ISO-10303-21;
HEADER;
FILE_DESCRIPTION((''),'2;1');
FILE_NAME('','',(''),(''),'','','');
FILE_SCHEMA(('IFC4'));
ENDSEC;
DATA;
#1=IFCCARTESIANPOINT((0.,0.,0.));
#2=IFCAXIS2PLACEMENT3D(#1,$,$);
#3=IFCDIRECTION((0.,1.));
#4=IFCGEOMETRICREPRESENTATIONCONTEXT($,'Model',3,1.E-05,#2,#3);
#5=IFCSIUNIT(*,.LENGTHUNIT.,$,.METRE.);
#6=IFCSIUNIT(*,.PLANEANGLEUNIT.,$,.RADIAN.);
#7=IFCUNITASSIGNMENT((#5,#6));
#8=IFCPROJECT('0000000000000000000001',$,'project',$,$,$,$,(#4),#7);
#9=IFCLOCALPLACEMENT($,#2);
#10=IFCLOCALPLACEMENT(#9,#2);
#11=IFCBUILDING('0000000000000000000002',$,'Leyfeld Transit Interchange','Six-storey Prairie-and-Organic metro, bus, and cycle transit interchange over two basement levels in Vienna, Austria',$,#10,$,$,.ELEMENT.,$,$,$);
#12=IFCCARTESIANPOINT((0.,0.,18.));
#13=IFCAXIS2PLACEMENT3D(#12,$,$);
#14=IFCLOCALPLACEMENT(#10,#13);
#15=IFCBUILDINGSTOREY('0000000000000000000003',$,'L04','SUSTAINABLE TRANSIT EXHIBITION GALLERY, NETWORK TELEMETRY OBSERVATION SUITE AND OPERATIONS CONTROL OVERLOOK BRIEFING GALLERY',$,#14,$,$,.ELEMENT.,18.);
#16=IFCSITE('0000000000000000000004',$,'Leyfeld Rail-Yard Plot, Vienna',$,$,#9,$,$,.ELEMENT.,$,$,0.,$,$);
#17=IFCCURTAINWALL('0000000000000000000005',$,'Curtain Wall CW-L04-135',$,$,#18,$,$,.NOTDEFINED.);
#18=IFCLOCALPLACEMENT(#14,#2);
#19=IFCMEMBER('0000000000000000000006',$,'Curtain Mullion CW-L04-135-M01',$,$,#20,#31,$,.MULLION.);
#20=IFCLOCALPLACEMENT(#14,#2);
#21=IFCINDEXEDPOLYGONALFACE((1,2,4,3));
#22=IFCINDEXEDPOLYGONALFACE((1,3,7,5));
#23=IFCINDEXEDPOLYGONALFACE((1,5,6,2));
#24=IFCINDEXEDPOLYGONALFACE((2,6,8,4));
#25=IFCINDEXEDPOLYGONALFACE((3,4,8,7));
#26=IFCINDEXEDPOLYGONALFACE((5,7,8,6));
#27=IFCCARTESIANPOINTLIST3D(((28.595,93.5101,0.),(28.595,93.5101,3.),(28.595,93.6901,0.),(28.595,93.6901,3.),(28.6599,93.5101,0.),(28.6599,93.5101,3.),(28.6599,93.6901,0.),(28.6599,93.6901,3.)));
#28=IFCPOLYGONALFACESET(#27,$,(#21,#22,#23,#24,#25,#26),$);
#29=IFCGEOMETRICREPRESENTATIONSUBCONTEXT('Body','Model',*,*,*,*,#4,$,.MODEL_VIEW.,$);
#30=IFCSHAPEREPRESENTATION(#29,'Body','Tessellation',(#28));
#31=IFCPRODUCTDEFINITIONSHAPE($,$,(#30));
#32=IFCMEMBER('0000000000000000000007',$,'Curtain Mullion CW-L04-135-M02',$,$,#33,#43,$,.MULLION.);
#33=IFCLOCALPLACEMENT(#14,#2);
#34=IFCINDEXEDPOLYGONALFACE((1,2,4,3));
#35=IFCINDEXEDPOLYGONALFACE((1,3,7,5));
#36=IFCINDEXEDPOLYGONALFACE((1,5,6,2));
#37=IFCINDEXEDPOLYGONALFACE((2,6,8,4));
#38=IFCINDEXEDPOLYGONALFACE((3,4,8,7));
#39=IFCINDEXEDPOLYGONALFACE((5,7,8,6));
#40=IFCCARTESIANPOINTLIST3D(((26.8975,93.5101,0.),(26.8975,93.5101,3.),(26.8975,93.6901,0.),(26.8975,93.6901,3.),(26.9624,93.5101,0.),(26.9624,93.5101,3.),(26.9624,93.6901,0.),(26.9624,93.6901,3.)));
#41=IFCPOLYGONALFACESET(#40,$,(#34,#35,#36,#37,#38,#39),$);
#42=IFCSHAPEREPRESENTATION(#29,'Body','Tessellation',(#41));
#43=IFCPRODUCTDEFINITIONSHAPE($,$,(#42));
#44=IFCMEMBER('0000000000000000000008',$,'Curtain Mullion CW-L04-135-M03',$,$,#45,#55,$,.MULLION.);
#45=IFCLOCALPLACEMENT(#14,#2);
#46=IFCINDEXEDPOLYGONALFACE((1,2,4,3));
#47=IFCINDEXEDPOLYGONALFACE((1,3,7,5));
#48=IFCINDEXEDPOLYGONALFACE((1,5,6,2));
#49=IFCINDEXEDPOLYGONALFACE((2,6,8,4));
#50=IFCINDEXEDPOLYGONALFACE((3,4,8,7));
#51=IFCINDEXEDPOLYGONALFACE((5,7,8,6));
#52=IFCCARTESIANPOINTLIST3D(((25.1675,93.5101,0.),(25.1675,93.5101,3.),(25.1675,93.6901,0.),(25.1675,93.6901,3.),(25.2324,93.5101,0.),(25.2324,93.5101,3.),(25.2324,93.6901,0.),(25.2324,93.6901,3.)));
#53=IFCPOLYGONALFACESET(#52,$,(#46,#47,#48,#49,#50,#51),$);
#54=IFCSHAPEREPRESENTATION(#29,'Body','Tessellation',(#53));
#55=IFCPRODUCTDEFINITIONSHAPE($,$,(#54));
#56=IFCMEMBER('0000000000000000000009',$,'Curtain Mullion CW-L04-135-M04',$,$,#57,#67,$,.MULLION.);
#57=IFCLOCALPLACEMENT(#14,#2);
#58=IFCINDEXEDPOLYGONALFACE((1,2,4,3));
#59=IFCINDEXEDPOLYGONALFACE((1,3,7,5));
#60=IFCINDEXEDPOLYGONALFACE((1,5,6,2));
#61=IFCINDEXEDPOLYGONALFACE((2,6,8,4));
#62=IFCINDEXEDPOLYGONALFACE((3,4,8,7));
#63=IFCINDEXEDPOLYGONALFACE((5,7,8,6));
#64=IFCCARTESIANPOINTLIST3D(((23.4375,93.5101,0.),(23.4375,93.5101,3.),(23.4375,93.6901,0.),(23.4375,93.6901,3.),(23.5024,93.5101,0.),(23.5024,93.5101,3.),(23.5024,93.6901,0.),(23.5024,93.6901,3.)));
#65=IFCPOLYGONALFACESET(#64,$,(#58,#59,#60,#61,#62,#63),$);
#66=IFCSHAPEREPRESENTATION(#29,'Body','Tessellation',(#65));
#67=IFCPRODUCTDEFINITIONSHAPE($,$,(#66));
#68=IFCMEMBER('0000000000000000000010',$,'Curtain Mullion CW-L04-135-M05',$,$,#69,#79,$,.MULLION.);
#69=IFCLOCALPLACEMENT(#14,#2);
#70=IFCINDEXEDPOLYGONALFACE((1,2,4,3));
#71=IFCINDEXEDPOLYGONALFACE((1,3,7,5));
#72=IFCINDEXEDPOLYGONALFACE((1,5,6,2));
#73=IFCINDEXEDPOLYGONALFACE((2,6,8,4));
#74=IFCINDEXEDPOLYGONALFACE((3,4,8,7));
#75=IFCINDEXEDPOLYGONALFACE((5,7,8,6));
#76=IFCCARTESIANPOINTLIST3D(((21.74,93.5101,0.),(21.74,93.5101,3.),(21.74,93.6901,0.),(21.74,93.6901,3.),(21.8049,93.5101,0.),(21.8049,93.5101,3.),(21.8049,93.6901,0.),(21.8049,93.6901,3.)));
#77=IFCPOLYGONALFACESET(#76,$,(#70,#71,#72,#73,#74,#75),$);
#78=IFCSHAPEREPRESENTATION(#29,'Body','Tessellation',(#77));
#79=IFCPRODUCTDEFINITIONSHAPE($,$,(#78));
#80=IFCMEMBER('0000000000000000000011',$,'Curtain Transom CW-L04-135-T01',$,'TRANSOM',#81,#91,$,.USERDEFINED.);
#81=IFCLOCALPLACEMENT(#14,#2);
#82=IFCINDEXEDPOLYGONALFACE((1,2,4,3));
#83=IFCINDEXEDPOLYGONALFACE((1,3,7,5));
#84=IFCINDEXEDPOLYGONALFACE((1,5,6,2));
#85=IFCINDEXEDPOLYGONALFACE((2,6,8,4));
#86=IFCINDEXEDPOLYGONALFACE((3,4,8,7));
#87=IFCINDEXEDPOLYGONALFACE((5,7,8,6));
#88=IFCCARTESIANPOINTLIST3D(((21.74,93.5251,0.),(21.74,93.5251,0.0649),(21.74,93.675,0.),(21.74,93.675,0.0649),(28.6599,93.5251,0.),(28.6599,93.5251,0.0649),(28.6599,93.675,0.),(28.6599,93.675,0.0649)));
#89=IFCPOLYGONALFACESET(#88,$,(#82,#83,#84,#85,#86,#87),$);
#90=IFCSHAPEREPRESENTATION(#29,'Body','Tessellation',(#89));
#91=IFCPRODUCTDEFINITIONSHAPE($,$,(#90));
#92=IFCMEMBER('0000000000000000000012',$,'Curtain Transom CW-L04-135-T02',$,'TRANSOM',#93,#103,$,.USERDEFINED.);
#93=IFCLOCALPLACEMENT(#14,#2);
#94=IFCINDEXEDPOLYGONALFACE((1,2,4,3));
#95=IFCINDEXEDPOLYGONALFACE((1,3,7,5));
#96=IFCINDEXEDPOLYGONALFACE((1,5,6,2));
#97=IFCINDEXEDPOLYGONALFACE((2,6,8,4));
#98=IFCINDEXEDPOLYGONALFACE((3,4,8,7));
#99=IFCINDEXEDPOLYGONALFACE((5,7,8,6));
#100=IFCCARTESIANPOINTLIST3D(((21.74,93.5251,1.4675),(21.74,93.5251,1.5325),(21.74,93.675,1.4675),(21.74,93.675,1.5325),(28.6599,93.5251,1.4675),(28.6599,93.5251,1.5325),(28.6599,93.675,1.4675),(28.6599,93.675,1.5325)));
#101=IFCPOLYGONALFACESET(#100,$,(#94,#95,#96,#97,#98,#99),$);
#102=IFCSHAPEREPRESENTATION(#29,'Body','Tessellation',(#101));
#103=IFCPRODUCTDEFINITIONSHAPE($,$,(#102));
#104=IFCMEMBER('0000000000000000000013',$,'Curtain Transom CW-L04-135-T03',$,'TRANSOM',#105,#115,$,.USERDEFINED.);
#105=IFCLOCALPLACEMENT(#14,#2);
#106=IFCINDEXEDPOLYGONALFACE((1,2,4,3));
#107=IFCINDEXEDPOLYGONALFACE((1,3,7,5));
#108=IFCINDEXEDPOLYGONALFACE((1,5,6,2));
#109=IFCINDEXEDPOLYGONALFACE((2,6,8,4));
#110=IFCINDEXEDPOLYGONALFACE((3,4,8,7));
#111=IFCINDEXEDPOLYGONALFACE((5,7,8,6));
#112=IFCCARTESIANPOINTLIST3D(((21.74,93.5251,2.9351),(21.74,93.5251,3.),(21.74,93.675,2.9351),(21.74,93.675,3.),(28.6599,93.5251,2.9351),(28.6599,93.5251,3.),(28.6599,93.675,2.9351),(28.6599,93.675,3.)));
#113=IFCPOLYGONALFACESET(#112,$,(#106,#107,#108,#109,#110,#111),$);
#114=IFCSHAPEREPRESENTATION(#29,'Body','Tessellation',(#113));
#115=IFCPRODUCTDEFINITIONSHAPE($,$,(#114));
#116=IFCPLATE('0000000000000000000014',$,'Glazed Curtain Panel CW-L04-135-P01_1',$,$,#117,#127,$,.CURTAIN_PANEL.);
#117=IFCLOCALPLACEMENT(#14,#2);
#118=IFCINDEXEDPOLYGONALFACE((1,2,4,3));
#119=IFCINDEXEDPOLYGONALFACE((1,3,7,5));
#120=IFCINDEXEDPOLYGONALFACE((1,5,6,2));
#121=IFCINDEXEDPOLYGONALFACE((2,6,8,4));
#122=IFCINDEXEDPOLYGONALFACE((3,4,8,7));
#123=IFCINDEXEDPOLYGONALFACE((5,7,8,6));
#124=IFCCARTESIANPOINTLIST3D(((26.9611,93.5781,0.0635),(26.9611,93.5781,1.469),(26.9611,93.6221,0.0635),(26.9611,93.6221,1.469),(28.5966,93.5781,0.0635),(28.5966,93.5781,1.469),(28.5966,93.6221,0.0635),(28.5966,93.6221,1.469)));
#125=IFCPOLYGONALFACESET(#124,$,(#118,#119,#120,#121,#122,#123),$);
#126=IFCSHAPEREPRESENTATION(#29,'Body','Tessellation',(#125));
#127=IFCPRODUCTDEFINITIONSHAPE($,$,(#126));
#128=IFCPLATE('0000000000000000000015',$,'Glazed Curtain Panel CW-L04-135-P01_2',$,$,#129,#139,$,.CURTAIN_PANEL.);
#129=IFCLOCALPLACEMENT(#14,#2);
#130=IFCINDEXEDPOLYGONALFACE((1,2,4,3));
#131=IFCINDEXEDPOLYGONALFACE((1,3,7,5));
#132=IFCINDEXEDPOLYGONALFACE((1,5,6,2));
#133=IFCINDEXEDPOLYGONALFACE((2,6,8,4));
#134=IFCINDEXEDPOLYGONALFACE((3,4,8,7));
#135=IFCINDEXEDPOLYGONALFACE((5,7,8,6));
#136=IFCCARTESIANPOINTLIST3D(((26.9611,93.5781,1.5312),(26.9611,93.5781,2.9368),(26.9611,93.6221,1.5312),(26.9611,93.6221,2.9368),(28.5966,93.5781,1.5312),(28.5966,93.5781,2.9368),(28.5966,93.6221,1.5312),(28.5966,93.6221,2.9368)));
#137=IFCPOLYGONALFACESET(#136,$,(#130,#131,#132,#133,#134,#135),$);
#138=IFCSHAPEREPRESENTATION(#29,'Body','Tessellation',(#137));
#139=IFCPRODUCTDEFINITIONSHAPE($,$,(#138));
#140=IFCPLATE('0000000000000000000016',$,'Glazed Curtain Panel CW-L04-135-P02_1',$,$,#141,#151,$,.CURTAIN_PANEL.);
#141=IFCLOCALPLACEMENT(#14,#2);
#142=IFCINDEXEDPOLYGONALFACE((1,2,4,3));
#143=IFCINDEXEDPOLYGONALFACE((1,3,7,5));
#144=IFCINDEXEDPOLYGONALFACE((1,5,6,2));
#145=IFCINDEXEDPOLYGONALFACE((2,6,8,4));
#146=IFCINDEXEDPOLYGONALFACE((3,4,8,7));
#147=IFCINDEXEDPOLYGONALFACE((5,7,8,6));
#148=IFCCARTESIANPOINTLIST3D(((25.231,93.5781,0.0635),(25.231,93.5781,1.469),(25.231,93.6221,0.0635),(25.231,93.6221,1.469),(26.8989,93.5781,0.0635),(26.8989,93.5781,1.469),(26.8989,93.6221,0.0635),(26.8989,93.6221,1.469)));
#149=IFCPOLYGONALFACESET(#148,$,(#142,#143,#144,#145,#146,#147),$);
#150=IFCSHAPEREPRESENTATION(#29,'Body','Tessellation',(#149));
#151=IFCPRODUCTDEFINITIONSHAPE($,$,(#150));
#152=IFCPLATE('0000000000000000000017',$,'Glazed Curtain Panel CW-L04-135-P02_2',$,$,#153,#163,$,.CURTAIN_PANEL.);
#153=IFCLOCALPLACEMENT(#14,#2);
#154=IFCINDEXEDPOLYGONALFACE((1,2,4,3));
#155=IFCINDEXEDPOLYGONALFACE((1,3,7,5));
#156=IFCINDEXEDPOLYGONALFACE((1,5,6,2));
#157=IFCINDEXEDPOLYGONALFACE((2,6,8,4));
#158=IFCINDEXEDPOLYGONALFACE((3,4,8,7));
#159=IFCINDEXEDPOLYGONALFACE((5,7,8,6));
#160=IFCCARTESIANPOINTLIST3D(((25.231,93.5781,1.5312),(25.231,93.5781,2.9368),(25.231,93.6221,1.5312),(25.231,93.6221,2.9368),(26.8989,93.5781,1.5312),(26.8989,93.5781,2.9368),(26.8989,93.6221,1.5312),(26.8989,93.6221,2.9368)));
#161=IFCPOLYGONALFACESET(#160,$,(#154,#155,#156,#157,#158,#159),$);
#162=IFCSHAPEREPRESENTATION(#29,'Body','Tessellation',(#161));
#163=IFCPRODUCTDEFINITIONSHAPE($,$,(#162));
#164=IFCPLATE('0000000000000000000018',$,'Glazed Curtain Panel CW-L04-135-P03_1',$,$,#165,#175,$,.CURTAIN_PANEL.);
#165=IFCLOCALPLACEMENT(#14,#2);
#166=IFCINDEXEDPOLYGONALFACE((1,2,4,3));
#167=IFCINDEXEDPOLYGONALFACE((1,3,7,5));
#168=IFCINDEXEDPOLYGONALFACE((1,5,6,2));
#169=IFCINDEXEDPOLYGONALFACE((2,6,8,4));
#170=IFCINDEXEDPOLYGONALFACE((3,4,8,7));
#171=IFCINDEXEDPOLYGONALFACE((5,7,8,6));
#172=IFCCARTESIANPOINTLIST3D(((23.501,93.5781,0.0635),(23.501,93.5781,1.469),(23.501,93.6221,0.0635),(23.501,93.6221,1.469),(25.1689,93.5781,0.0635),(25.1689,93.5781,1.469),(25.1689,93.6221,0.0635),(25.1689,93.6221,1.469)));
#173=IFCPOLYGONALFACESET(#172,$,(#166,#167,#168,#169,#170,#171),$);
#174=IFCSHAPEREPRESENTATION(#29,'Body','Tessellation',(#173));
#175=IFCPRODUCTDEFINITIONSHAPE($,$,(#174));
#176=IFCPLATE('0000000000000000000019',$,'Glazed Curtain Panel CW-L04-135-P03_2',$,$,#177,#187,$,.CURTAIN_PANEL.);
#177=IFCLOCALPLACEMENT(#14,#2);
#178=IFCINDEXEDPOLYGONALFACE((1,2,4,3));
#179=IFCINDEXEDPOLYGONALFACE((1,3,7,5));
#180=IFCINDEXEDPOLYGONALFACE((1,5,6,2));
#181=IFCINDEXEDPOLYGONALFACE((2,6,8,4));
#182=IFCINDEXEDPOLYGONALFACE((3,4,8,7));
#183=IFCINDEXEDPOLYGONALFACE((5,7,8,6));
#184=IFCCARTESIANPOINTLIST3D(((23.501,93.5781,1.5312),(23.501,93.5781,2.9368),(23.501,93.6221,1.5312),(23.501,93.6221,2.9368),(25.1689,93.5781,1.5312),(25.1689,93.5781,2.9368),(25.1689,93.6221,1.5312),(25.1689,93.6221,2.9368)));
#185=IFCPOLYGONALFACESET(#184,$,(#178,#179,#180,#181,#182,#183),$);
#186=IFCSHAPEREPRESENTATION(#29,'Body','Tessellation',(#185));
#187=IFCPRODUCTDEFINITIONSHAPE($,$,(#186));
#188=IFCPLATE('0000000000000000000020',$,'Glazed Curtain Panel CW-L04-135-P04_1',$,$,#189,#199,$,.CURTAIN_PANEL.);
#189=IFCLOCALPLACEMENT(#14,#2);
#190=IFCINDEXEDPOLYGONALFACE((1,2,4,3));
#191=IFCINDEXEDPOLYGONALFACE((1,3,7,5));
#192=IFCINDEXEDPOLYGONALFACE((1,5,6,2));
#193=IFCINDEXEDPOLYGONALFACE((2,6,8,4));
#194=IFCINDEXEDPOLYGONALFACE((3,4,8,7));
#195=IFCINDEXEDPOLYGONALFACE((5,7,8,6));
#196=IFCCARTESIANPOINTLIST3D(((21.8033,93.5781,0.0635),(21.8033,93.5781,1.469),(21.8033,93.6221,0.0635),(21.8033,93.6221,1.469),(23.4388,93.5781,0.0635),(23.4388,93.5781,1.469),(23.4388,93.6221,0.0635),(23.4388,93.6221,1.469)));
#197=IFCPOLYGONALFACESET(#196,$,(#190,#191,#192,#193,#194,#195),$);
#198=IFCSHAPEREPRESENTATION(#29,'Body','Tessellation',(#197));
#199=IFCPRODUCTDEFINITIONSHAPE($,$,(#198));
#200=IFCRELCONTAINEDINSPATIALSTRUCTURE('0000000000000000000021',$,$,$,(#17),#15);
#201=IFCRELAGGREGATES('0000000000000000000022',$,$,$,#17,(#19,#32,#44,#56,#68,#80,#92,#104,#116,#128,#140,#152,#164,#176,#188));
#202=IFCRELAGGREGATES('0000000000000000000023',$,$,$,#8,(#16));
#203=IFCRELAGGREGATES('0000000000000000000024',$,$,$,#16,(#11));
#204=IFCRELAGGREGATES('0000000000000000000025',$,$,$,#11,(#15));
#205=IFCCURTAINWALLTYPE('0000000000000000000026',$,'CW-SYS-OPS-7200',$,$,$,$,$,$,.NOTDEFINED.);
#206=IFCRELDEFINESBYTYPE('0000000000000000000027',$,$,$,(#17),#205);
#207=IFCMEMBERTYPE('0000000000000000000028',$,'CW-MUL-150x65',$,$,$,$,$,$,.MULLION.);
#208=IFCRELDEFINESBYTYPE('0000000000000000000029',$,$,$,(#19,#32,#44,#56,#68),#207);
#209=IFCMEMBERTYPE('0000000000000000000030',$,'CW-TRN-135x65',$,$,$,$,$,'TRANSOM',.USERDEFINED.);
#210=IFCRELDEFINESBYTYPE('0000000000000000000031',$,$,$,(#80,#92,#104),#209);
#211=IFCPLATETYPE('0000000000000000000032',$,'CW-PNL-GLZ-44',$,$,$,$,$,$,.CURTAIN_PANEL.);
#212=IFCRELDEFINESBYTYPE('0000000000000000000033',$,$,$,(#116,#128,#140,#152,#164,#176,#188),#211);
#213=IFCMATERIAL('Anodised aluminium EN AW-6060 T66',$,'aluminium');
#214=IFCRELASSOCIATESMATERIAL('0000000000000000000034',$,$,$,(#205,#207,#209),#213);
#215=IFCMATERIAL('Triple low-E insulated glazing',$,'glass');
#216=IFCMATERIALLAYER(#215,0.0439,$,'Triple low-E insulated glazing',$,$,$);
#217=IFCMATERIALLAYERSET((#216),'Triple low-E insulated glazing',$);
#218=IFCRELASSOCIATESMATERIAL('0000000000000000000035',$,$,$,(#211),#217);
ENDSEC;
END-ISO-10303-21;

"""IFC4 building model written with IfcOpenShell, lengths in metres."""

from ifc_helpers import new_model, si_unit, direction, frame, origin, origin_2d, place, context, subcontext, project, spatial, rectangle, extrude, material, layer, layer_set, material_profile, profile_set, type_object, element, aggregate, save


model = new_model("IFC4")

# Units and contexts
model_context = context("Model", 3, precision=1e-05, world=origin(), true_north=direction((0.0, 1.0)))
body_context = subcontext(model_context, "Body", "Model", "MODEL_VIEW")
ifc_project = project(units=[si_unit("LENGTHUNIT", "METRE"), si_unit("PLANEANGLEUNIT", "RADIAN")], contexts=[model_context])

# Site, building, storey
site_placement = place(None, origin())
site = spatial("IfcSite", under=ifc_project, at=site_placement, Name="Leyfeld Rail-Yard Plot, Vienna", CompositionType="ELEMENT", RefElevation=0.0)
building_placement = place(site_placement, origin())
building = spatial("IfcBuilding", under=site, at=building_placement, Name="Leyfeld Transit Interchange", Description="Six-storey Prairie-and-Organic metro, bus, and cycle transit interchange over two basement levels in Vienna, Austria", CompositionType="ELEMENT")
storey_placement = place(building_placement, frame((0.0, 0.0, 18.0)))
storey = spatial("IfcBuildingStorey", under=building, at=storey_placement, Name="L04", Description="SUSTAINABLE TRANSIT EXHIBITION GALLERY, NETWORK TELEMETRY OBSERVATION SUITE AND OPERATIONS CONTROL OVERLOOK BRIEFING GALLERY", CompositionType="ELEMENT", Elevation=18.0)

# Curtain wall, members, plates
ifc_material_1 = material(Name="Anodised aluminium EN AW-6060 T66", Category="aluminium")
curtain_wall_type = type_object("IfcCurtainWallType", Name="CW-SYS-OPS-7200", PredefinedType="NOTDEFINED", material=ifc_material_1)
curtain_wall_placement = place(storey_placement, origin())
curtain_wall = element("IfcCurtainWall", 1, at=curtain_wall_placement, inside=storey, type_object=curtain_wall_type, Name="Curtain Wall CW-L04-135", PredefinedType="NOTDEFINED")
ifc_material_profile_1 = material_profile(ifc_material_1, rectangle(XDim=0.0649, YDim=0.1799, at=origin_2d()), Name="CW-M 65x180")
ifc_profile_set_1 = profile_set([ifc_material_profile_1], Name="Anodised aluminium EN AW-6060 T66")
member_type_1 = type_object("IfcMemberType", Name="CW-MUL-150x65", PredefinedType="MULLION", material=ifc_profile_set_1)
member_1_placement = place(storey_placement, frame((28.6274, 93.6001, 0.0), z_axis=(0.0, 0.0, 1.0), x_axis=(-1.0, 0.0, 0.0)))
member_1 = element("IfcMember", 2, at=member_1_placement, type_object=member_type_1, Name="Curtain Mullion CW-L04-135-M01", PredefinedType="MULLION", context=body_context, shape_type="SweptSolid", body=[
    extrude(rectangle(XDim=0.0649, YDim=0.1799, at=origin_2d()), origin(), (0.0, 0.0, 1.0), 3.0),
])
member_2_placement = place(storey_placement, frame((26.9299, 93.6001, 0.0), z_axis=(0.0, 0.0, 1.0), x_axis=(-1.0, 0.0, 0.0)))
member_2 = element("IfcMember", 3, at=member_2_placement, type_object=member_type_1, Name="Curtain Mullion CW-L04-135-M02", PredefinedType="MULLION", context=body_context, shape_type="SweptSolid", body=[
    extrude(rectangle(XDim=0.0649, YDim=0.1799, at=origin_2d()), origin(), (0.0, 0.0, 1.0), 3.0),
])
member_3_placement = place(storey_placement, frame((25.2, 93.6001, 0.0), z_axis=(0.0, 0.0, 1.0), x_axis=(-1.0, 0.0, 0.0)))
member_3 = element("IfcMember", 4, at=member_3_placement, type_object=member_type_1, Name="Curtain Mullion CW-L04-135-M03", PredefinedType="MULLION", context=body_context, shape_type="SweptSolid", body=[
    extrude(rectangle(XDim=0.0649, YDim=0.1799, at=origin_2d()), origin(), (0.0, 0.0, 1.0), 3.0),
])
member_4_placement = place(storey_placement, frame((23.47, 93.6001, 0.0), z_axis=(0.0, 0.0, 1.0), x_axis=(-1.0, 0.0, 0.0)))
member_4 = element("IfcMember", 5, at=member_4_placement, type_object=member_type_1, Name="Curtain Mullion CW-L04-135-M04", PredefinedType="MULLION", context=body_context, shape_type="SweptSolid", body=[
    extrude(rectangle(XDim=0.0649, YDim=0.1799, at=origin_2d()), origin(), (0.0, 0.0, 1.0), 3.0),
])
member_5_placement = place(storey_placement, frame((21.7725, 93.6001, 0.0), z_axis=(0.0, 0.0, 1.0), x_axis=(-1.0, 0.0, 0.0)))
member_5 = element("IfcMember", 6, at=member_5_placement, type_object=member_type_1, Name="Curtain Mullion CW-L04-135-M05", PredefinedType="MULLION", context=body_context, shape_type="SweptSolid", body=[
    extrude(rectangle(XDim=0.0649, YDim=0.1799, at=origin_2d()), origin(), (0.0, 0.0, 1.0), 3.0),
])
ifc_material_profile_2 = material_profile(ifc_material_1, rectangle(XDim=0.1499, YDim=0.0649, at=origin_2d()), Name="CW-TRN-135x65")
ifc_profile_set_2 = profile_set([ifc_material_profile_2], Name="Anodised aluminium EN AW-6060 T66")
member_type_2 = type_object("IfcMemberType", Name="CW-TRN-135x65", ElementType="TRANSOM", PredefinedType="USERDEFINED", material=ifc_profile_set_2)
member_6_placement = place(storey_placement, frame((28.6599, 93.6001, 0.0325), z_axis=(-1.0, 0.0, 0.0), x_axis=(0.0, -1.0, 0.0)))
member_6 = element("IfcMember", 7, at=member_6_placement, type_object=member_type_2, Name="Curtain Transom CW-L04-135-T01", ObjectType="TRANSOM", PredefinedType="USERDEFINED", context=body_context, shape_type="SweptSolid", body=[
    extrude(rectangle(XDim=0.1499, YDim=0.0649, at=origin_2d()), origin(), (0.0, 0.0, 1.0), 6.9199),
])
member_7_placement = place(storey_placement, frame((28.6599, 93.6001, 1.5), z_axis=(-1.0, 0.0, 0.0), x_axis=(0.0, -1.0, 0.0)))
member_7 = element("IfcMember", 8, at=member_7_placement, type_object=member_type_2, Name="Curtain Transom CW-L04-135-T02", ObjectType="TRANSOM", PredefinedType="USERDEFINED", context=body_context, shape_type="SweptSolid", body=[
    extrude(rectangle(XDim=0.1499, YDim=0.0649, at=origin_2d()), origin(), (0.0, 0.0, 1.0), 6.9199),
])
member_8_placement = place(storey_placement, frame((28.6599, 93.6001, 2.9675), z_axis=(-1.0, 0.0, 0.0), x_axis=(0.0, -1.0, 0.0)))
member_8 = element("IfcMember", 9, at=member_8_placement, type_object=member_type_2, Name="Curtain Transom CW-L04-135-T03", ObjectType="TRANSOM", PredefinedType="USERDEFINED", context=body_context, shape_type="SweptSolid", body=[
    extrude(rectangle(XDim=0.1499, YDim=0.0649, at=origin_2d()), origin(), (0.0, 0.0, 1.0), 6.9199),
])
ifc_material_2 = material(Name="Triple low-E insulated glazing", Category="glass")
ifc_layer_1 = layer(ifc_material_2, 0.0439, Name="Triple low-E insulated glazing")
ifc_layer_set_1 = layer_set([ifc_layer_1], Name="Triple low-E insulated glazing")
plate_type = type_object("IfcPlateType", Name="CW-PNL-GLZ-44", PredefinedType="CURTAIN_PANEL", material=ifc_layer_set_1)
plate_1_placement = place(storey_placement, frame((27.7788, 93.6001, 0.0635), z_axis=(0.0, 0.0, 1.0), x_axis=(-1.0, 0.0, 0.0)))
plate_1 = element("IfcPlate", 10, at=plate_1_placement, type_object=plate_type, Name="Glazed Curtain Panel CW-L04-135-P01_1", PredefinedType="CURTAIN_PANEL", context=body_context, shape_type="SweptSolid", body=[
    extrude(rectangle(XDim=1.6355, YDim=0.0439, at=origin_2d()), origin(), (0.0, 0.0, 1.0), 1.4055),
])
plate_2_placement = place(storey_placement, frame((27.7788, 93.6001, 1.5312), z_axis=(0.0, 0.0, 1.0), x_axis=(-1.0, 0.0, 0.0)))
plate_2 = element("IfcPlate", 11, at=plate_2_placement, type_object=plate_type, Name="Glazed Curtain Panel CW-L04-135-P01_2", PredefinedType="CURTAIN_PANEL", context=body_context, shape_type="SweptSolid", body=[
    extrude(rectangle(XDim=1.6355, YDim=0.0439, at=origin_2d()), origin(), (0.0, 0.0, 1.0), 1.4055),
])
plate_3_placement = place(storey_placement, frame((26.0649, 93.6001, 0.0635), z_axis=(0.0, 0.0, 1.0), x_axis=(-1.0, 0.0, 0.0)))
plate_3 = element("IfcPlate", 12, at=plate_3_placement, type_object=plate_type, Name="Glazed Curtain Panel CW-L04-135-P02_1", PredefinedType="CURTAIN_PANEL", context=body_context, shape_type="SweptSolid", body=[
    extrude(rectangle(XDim=1.668, YDim=0.0439, at=origin_2d()), origin(), (0.0, 0.0, 1.0), 1.4055),
])
plate_4_placement = place(storey_placement, frame((26.0649, 93.6001, 1.5312), z_axis=(0.0, 0.0, 1.0), x_axis=(-1.0, 0.0, 0.0)))
plate_4 = element("IfcPlate", 13, at=plate_4_placement, type_object=plate_type, Name="Glazed Curtain Panel CW-L04-135-P02_2", PredefinedType="CURTAIN_PANEL", context=body_context, shape_type="SweptSolid", body=[
    extrude(rectangle(XDim=1.668, YDim=0.0439, at=origin_2d()), origin(), (0.0, 0.0, 1.0), 1.4055),
])
plate_5_placement = place(storey_placement, frame((24.335, 93.6001, 0.0635), z_axis=(0.0, 0.0, 1.0), x_axis=(-1.0, 0.0, 0.0)))
plate_5 = element("IfcPlate", 14, at=plate_5_placement, type_object=plate_type, Name="Glazed Curtain Panel CW-L04-135-P03_1", PredefinedType="CURTAIN_PANEL", context=body_context, shape_type="SweptSolid", body=[
    extrude(rectangle(XDim=1.668, YDim=0.0439, at=origin_2d()), origin(), (0.0, 0.0, 1.0), 1.4055),
])
plate_6_placement = place(storey_placement, frame((24.335, 93.6001, 1.5312), z_axis=(0.0, 0.0, 1.0), x_axis=(-1.0, 0.0, 0.0)))
plate_6 = element("IfcPlate", 15, at=plate_6_placement, type_object=plate_type, Name="Glazed Curtain Panel CW-L04-135-P03_2", PredefinedType="CURTAIN_PANEL", context=body_context, shape_type="SweptSolid", body=[
    extrude(rectangle(XDim=1.668, YDim=0.0439, at=origin_2d()), origin(), (0.0, 0.0, 1.0), 1.4055),
])
plate_7_placement = place(storey_placement, frame((22.6211, 93.6001, 0.0635), z_axis=(0.0, 0.0, 1.0), x_axis=(-1.0, 0.0, 0.0)))
plate_7 = element("IfcPlate", 16, at=plate_7_placement, type_object=plate_type, Name="Glazed Curtain Panel CW-L04-135-P04_1", PredefinedType="CURTAIN_PANEL", context=body_context, shape_type="SweptSolid", body=[
    extrude(rectangle(XDim=1.6355, YDim=0.0439, at=origin_2d()), origin(), (0.0, 0.0, 1.0), 1.4055),
])
aggregate(curtain_wall, [member_1, member_2, member_3, member_4, member_5, member_6, member_7, member_8, plate_1, plate_2, plate_3, plate_4, plate_5, plate_6, plate_7])

save(model, "model.ifc")
